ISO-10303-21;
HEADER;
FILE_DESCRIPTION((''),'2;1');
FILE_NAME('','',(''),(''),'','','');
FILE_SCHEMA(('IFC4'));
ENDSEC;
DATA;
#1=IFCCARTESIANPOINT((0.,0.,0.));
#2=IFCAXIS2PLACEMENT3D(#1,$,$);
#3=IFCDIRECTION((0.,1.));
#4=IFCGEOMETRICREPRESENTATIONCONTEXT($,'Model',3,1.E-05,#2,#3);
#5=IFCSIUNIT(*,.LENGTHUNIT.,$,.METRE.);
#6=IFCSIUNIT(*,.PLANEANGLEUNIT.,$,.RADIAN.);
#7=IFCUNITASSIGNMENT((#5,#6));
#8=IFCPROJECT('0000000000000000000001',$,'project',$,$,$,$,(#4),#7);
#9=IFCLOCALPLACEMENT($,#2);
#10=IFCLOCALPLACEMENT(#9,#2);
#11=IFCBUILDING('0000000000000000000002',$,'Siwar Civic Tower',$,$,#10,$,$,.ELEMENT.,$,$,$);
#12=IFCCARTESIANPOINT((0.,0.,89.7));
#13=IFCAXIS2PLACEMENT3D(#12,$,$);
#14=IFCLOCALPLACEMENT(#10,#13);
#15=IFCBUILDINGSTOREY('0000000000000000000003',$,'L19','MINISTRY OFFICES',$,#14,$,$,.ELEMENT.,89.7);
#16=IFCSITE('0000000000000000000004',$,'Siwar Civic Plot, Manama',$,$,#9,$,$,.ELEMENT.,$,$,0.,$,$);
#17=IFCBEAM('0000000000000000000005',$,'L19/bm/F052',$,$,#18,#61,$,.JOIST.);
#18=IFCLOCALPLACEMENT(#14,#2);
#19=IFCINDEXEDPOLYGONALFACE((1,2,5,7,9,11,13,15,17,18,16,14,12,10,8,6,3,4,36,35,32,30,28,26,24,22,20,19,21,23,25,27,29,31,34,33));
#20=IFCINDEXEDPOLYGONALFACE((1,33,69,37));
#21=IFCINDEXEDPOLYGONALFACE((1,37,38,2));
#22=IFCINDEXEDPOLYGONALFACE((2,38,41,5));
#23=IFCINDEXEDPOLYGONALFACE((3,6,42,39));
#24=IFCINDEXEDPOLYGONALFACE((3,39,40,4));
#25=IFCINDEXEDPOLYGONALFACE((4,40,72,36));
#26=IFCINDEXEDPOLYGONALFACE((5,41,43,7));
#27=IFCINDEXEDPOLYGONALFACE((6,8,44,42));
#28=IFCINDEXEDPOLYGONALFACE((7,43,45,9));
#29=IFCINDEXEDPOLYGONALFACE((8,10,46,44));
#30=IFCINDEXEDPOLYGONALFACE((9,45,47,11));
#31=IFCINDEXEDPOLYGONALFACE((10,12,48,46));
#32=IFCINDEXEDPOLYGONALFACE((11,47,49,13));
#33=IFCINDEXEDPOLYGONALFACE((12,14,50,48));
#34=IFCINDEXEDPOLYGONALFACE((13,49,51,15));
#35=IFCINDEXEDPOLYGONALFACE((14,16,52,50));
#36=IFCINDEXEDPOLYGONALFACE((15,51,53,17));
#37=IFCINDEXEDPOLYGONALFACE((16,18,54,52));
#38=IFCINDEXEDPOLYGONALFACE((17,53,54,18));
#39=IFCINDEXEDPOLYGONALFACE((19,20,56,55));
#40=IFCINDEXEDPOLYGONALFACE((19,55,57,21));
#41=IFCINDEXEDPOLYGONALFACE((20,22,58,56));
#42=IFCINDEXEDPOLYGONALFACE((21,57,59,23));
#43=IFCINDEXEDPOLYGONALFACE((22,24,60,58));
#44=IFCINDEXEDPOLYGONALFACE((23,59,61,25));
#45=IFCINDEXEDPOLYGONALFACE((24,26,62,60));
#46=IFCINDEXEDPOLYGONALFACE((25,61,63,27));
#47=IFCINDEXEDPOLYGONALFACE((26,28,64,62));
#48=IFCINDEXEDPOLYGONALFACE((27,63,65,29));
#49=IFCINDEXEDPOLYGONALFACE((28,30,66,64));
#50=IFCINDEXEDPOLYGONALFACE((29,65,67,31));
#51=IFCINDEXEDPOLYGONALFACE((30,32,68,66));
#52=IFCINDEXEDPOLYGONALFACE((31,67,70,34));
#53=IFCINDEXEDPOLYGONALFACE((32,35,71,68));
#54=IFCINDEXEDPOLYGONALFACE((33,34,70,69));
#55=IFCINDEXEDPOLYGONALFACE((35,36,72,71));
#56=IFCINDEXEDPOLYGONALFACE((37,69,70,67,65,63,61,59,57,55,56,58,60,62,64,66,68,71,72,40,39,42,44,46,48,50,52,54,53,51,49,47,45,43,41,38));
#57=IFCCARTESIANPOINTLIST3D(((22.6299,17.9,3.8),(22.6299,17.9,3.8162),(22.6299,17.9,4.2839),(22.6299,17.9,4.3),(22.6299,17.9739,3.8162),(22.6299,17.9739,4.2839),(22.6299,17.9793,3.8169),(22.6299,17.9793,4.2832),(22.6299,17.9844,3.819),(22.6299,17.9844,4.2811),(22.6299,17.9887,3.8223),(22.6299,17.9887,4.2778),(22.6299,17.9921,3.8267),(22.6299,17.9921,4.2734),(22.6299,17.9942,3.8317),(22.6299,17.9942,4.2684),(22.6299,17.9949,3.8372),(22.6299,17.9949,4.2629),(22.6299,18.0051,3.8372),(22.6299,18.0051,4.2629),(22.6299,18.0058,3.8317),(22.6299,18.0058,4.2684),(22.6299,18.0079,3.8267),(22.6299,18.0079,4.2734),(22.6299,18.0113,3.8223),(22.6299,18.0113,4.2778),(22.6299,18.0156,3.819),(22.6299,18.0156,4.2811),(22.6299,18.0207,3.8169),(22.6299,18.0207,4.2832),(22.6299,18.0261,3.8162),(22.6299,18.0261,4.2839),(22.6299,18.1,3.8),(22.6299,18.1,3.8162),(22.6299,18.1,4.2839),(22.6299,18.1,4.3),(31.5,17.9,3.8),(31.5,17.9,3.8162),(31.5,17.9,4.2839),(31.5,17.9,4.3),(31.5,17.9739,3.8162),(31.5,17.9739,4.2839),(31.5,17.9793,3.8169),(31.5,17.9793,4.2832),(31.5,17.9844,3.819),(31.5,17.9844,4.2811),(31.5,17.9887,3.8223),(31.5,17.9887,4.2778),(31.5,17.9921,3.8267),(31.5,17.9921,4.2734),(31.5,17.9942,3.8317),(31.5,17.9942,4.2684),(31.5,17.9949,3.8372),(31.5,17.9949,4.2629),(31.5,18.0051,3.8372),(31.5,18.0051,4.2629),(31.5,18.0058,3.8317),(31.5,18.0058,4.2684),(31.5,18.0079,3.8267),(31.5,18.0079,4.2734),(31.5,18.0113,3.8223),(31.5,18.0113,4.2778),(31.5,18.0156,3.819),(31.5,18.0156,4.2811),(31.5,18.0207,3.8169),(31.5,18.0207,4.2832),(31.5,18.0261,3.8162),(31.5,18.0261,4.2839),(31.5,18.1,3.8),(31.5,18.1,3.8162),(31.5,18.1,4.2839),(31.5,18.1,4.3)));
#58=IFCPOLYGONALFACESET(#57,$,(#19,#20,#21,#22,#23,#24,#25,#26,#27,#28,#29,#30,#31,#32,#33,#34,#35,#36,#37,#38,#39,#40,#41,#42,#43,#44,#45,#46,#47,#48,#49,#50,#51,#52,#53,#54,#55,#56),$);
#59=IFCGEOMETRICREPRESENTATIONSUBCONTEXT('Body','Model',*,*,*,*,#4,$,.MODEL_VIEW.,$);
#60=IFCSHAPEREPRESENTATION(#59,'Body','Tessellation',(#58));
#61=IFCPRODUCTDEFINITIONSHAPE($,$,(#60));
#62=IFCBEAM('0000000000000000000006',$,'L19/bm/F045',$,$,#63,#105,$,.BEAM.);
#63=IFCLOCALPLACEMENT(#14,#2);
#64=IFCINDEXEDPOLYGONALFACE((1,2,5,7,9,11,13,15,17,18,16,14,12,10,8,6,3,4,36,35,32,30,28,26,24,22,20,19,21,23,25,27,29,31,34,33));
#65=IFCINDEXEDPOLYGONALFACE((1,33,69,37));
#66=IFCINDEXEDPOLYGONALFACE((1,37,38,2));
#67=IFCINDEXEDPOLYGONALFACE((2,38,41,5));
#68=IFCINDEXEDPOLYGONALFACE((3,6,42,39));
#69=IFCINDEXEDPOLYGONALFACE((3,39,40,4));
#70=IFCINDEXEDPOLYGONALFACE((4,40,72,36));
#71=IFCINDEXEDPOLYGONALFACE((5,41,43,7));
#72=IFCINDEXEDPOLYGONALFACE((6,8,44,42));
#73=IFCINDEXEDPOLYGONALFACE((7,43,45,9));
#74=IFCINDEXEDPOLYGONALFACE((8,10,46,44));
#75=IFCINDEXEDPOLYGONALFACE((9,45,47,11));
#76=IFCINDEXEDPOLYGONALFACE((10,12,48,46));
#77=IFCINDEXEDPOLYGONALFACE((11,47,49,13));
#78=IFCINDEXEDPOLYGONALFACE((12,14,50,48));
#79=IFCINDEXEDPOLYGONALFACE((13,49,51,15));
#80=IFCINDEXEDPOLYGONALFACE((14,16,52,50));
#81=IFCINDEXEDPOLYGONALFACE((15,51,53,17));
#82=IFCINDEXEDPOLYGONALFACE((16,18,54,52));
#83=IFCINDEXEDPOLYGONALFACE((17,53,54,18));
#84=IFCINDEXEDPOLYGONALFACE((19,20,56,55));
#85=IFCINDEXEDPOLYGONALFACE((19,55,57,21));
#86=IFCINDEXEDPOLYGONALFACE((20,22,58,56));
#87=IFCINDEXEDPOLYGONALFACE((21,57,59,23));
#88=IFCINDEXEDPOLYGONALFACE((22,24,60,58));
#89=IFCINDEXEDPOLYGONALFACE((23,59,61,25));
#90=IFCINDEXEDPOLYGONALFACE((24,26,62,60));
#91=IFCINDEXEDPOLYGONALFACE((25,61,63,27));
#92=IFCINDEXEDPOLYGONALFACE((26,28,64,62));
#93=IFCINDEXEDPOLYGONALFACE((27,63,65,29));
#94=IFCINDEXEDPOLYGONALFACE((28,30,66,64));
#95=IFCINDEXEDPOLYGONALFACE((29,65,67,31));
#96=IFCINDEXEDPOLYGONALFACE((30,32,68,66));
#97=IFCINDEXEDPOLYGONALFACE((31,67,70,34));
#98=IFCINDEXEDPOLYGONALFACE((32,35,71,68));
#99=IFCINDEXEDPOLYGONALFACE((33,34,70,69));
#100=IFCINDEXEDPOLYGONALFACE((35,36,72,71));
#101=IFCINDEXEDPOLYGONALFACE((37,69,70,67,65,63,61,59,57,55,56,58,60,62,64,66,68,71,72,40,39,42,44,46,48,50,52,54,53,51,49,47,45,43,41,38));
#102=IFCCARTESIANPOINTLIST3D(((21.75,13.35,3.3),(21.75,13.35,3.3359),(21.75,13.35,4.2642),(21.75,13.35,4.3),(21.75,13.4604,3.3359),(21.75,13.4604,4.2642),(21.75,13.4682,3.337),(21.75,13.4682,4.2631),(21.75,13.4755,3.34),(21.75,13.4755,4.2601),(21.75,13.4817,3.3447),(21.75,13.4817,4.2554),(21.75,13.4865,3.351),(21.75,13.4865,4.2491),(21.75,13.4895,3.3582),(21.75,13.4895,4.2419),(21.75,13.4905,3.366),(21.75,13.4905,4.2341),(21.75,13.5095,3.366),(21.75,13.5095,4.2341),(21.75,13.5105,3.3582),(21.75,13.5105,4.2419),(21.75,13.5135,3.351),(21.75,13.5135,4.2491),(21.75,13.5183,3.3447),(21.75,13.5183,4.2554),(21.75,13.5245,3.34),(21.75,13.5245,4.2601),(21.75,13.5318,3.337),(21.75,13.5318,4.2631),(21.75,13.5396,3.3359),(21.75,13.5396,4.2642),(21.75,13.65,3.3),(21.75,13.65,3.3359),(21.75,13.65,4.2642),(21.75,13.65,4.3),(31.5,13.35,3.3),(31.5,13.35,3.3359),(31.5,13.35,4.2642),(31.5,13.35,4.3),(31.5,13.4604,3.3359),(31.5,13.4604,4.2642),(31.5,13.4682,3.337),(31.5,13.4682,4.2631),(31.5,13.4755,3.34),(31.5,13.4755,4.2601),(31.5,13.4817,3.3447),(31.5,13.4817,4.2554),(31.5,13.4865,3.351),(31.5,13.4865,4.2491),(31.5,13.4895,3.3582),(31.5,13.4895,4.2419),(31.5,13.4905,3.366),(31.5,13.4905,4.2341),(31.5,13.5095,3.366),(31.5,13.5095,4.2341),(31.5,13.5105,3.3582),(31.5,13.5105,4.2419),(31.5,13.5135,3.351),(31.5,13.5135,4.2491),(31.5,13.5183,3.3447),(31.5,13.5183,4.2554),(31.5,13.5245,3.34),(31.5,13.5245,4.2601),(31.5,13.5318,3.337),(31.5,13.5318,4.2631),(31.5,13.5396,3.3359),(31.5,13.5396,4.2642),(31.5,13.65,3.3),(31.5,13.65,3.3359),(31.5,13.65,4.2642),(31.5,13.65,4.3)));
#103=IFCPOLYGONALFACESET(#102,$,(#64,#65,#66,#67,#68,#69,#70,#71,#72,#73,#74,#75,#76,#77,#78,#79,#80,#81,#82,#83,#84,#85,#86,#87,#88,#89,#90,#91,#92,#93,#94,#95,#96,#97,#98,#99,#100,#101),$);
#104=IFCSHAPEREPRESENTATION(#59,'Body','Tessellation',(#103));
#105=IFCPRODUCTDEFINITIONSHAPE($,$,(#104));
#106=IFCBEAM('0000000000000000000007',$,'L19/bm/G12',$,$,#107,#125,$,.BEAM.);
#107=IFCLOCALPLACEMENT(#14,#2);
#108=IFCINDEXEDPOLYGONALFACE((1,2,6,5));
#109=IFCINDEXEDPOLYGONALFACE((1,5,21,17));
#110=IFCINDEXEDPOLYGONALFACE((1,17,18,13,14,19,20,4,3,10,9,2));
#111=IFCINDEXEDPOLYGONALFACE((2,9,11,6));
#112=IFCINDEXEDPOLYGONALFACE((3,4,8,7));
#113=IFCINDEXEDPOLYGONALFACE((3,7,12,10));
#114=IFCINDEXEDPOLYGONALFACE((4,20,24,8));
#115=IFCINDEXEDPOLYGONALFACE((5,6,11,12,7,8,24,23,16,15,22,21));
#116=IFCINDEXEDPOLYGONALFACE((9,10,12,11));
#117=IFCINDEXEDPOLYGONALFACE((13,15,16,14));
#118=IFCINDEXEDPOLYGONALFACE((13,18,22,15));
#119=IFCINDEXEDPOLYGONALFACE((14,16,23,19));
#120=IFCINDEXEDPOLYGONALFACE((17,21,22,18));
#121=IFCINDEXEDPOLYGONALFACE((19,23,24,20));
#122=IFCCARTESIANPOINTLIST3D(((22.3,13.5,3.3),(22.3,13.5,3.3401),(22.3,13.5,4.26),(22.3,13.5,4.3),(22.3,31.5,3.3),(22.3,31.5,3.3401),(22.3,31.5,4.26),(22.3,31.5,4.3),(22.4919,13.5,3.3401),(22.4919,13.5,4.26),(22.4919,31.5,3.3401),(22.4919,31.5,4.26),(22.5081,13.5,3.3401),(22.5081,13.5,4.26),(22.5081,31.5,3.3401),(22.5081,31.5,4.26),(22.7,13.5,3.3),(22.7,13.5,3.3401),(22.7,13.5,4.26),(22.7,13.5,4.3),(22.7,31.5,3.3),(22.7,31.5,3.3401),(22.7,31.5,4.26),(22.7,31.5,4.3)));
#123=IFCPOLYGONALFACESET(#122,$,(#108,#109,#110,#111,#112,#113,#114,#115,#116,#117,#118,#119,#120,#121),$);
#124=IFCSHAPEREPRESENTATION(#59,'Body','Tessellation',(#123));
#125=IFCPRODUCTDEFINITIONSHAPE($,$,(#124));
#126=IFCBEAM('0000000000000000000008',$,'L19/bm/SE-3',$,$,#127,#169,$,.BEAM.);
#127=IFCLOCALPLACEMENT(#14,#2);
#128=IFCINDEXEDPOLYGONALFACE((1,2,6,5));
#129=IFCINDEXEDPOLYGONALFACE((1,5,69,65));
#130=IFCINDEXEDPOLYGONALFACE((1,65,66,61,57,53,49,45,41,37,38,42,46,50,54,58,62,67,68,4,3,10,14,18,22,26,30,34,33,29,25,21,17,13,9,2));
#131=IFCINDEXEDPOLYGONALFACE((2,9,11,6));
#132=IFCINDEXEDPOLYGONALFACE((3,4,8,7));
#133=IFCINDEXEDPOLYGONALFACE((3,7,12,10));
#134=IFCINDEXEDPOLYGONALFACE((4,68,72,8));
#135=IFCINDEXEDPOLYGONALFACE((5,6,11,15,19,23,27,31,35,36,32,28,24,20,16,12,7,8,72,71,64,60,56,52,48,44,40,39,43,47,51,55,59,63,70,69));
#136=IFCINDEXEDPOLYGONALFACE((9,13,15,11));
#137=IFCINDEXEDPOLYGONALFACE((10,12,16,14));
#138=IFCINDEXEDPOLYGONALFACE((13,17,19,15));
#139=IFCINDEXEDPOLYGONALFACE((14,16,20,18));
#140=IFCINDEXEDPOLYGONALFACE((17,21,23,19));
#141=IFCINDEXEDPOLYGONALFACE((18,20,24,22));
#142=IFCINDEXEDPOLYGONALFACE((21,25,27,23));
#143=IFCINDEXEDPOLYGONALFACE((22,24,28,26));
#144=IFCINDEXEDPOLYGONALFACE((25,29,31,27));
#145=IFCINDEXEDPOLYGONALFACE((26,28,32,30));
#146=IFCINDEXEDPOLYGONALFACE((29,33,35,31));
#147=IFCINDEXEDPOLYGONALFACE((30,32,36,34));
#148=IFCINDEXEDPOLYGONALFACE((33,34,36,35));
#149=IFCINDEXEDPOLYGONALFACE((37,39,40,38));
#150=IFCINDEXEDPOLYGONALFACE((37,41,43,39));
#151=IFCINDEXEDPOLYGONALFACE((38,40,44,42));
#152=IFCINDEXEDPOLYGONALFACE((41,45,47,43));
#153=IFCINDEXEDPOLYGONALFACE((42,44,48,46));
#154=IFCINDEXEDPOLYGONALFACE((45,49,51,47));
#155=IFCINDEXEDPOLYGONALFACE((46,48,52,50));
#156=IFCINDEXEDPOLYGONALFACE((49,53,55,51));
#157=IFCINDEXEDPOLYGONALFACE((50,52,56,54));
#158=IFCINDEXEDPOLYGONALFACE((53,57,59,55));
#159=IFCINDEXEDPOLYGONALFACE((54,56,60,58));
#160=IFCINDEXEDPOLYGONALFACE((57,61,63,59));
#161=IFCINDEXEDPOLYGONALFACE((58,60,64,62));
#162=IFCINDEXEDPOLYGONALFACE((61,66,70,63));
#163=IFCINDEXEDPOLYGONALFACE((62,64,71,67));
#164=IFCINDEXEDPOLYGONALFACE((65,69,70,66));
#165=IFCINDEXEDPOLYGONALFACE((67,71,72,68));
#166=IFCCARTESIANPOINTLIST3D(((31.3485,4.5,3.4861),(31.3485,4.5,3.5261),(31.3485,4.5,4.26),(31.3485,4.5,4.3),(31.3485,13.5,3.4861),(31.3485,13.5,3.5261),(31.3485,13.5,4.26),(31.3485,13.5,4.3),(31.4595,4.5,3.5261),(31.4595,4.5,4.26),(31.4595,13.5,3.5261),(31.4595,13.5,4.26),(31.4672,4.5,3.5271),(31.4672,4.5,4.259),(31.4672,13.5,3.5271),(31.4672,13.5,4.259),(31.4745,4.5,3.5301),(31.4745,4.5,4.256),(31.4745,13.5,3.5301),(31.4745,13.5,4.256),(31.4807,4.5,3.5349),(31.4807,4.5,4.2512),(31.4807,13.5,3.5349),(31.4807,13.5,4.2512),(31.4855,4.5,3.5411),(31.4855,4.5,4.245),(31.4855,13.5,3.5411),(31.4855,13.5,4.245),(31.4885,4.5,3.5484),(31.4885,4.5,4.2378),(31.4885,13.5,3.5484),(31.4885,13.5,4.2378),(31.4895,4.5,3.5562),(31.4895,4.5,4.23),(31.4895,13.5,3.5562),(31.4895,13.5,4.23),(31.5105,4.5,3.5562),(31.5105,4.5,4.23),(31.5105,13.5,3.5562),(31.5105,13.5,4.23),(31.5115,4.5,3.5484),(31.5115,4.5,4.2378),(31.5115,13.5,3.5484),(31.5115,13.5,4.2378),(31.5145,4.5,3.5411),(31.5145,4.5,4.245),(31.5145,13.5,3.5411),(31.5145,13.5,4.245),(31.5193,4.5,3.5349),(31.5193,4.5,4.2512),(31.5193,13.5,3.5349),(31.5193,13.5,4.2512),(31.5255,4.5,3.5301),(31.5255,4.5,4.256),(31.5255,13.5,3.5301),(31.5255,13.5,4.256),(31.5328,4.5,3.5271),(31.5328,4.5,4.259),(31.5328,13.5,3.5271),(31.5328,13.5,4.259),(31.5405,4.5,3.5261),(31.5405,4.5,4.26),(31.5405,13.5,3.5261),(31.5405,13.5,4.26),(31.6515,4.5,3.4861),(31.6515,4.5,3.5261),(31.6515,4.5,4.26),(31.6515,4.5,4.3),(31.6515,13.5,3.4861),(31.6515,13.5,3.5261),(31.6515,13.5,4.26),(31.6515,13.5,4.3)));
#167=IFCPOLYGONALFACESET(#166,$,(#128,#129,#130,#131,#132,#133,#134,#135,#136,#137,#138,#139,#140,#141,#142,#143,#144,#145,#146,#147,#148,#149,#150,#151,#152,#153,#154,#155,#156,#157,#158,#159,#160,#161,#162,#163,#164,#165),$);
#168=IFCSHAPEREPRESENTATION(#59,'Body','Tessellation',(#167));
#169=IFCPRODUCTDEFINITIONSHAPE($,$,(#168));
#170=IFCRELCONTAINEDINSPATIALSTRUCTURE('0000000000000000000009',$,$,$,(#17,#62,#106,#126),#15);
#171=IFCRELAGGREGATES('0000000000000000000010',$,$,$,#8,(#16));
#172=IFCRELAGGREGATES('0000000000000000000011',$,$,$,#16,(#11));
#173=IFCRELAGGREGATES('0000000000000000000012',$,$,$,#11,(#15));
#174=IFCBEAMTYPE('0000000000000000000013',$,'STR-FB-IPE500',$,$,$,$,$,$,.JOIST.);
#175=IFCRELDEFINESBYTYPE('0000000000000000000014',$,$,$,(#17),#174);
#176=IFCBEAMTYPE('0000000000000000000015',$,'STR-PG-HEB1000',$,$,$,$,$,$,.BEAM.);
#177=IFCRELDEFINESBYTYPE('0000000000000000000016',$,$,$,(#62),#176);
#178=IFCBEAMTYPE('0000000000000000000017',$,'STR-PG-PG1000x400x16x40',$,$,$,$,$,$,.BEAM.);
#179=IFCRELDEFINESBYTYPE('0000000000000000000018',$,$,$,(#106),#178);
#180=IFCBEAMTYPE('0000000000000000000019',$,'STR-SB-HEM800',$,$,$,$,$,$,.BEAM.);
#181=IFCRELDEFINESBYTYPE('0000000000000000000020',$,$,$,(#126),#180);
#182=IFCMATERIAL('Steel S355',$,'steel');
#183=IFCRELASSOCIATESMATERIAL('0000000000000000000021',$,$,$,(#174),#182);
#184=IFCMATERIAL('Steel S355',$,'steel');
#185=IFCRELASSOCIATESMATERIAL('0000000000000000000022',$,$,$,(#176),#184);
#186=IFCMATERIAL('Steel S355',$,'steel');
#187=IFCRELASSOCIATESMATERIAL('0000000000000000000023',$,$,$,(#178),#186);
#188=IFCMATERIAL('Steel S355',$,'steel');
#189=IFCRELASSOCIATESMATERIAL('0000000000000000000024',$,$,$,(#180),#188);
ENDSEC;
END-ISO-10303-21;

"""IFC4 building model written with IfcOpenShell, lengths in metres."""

from ifc_helpers import new_model, si_unit, direction, frame, origin, origin_2d, place, context, subcontext, project, spatial, i_section, extrude, material, material_profile, profile_set, type_object, element, save


model = new_model("IFC4")

# Units and contexts
model_context = context("Model", 3, precision=1e-05, world=origin(), true_north=direction((0.0, 1.0)))
body_context = subcontext(model_context, "Body", "Model", "MODEL_VIEW")
ifc_project = project(units=[si_unit("LENGTHUNIT", "METRE"), si_unit("PLANEANGLEUNIT", "RADIAN")], contexts=[model_context])

# Site, building, storey
site_placement = place(None, origin())
site = spatial("IfcSite", under=ifc_project, at=site_placement, Name="Siwar Civic Plot, Manama", CompositionType="ELEMENT", RefElevation=0.0)
building_placement = place(site_placement, origin())
building = spatial("IfcBuilding", under=site, at=building_placement, Name="Siwar Civic Tower", CompositionType="ELEMENT")
storey_placement = place(building_placement, frame((0.0, 0.0, 89.7)))
storey = spatial("IfcBuildingStorey", under=building, at=storey_placement, Name="L19", Description="MINISTRY OFFICES", CompositionType="ELEMENT", Elevation=89.7)

# Beams
ifc_material_1 = material(Name="Steel S355", Category="steel")
ifc_material_profile_1 = material_profile(ifc_material_1, i_section(OverallWidth=0.2, OverallDepth=0.5, WebThickness=0.0103, FlangeThickness=0.0161, FilletRadius=0.021, at=origin_2d()), Name="IPE500")
ifc_profile_set_1 = profile_set([ifc_material_profile_1], Name="Steel S355")
beam_type_1 = type_object("IfcBeamType", Name="STR-FB-IPE500", PredefinedType="JOIST", material=ifc_profile_set_1)
beam_1_placement = place(storey_placement, frame((22.6299, 18.0, 4.05), z_axis=(1.0, 0.0, 0.0), x_axis=(0.0, 1.0, 0.0)))
element("IfcBeam", 1, at=beam_1_placement, inside=storey, type_object=beam_type_1, Name="L19/bm/F052", PredefinedType="JOIST", context=body_context, shape_type="SweptSolid", body=[
    extrude(i_section(OverallWidth=0.2, OverallDepth=0.5, WebThickness=0.0103, FlangeThickness=0.0161, FilletRadius=0.021, at=origin_2d()), origin(), (0.0, 0.0, 1.0), 8.8701),
])
ifc_material_2 = material(Name="Steel S355", Category="steel")
ifc_material_profile_2 = material_profile(ifc_material_2, i_section(OverallWidth=0.3, OverallDepth=1.0, WebThickness=0.019, FlangeThickness=0.0359, FilletRadius=0.03, at=origin_2d()), Name="HEB1000")
ifc_profile_set_2 = profile_set([ifc_material_profile_2], Name="Steel S355")
beam_type_2 = type_object("IfcBeamType", Name="STR-PG-HEB1000", PredefinedType="BEAM", material=ifc_profile_set_2)
beam_2_placement = place(storey_placement, frame((21.75, 13.5, 3.8), z_axis=(1.0, 0.0, 0.0), x_axis=(0.0, 1.0, 0.0)))
element("IfcBeam", 2, at=beam_2_placement, inside=storey, type_object=beam_type_2, Name="L19/bm/F045", PredefinedType="BEAM", context=body_context, shape_type="SweptSolid", body=[
    extrude(i_section(OverallWidth=0.3, OverallDepth=1.0, WebThickness=0.019, FlangeThickness=0.0359, FilletRadius=0.03, at=origin_2d()), origin(), (0.0, 0.0, 1.0), 9.75),
])
ifc_material_3 = material(Name="Steel S355", Category="steel")
ifc_material_profile_3 = material_profile(ifc_material_3, i_section(OverallWidth=0.3999, OverallDepth=1.0, WebThickness=0.0161, FlangeThickness=0.04, at=origin_2d()), Name="PG1000x400x16x40")
ifc_profile_set_3 = profile_set([ifc_material_profile_3], Name="Steel S355")
beam_type_3 = type_object("IfcBeamType", Name="STR-PG-PG1000x400x16x40", PredefinedType="BEAM", material=ifc_profile_set_3)
beam_3_placement = place(storey_placement, frame((22.5, 13.5, 3.8), z_axis=(0.0, 1.0, 0.0), x_axis=(-1.0, 0.0, 0.0)))
element("IfcBeam", 3, at=beam_3_placement, inside=storey, type_object=beam_type_3, Name="L19/bm/G12", PredefinedType="BEAM", context=body_context, shape_type="SweptSolid", body=[
    extrude(i_section(OverallWidth=0.3999, OverallDepth=1.0, WebThickness=0.0161, FlangeThickness=0.04, at=origin_2d()), origin(), (0.0, 0.0, 1.0), 18.0),
])
ifc_material_4 = material(Name="Steel S355", Category="steel")
ifc_material_profile_4 = material_profile(ifc_material_4, i_section(OverallWidth=0.303, OverallDepth=0.814, WebThickness=0.021, FlangeThickness=0.04, FilletRadius=0.03, at=origin_2d()), Name="HEM800")
ifc_profile_set_4 = profile_set([ifc_material_profile_4], Name="Steel S355")
beam_type_4 = type_object("IfcBeamType", Name="STR-SB-HEM800", PredefinedType="BEAM", material=ifc_profile_set_4)
for number, where, z_axis, x_axis, name in (
    (4, (31.5, 4.5, 3.8931), (0.0, 1.0, 0.0), (-1.0, 0.0, 0.0), "L19/bm/SE-3"),
):
    element("IfcBeam", number, at=place(storey_placement, frame(where, z_axis=z_axis, x_axis=x_axis)), inside=storey, type_object=beam_type_4, Name=name, PredefinedType="BEAM", context=body_context, shape_type="SweptSolid", body=[
        extrude(i_section(OverallWidth=0.303, OverallDepth=0.814, WebThickness=0.021, FlangeThickness=0.04, FilletRadius=0.03, at=origin_2d()), origin(), (0.0, 0.0, 1.0), 9.0),
    ])

save(model, "model.ifc")
